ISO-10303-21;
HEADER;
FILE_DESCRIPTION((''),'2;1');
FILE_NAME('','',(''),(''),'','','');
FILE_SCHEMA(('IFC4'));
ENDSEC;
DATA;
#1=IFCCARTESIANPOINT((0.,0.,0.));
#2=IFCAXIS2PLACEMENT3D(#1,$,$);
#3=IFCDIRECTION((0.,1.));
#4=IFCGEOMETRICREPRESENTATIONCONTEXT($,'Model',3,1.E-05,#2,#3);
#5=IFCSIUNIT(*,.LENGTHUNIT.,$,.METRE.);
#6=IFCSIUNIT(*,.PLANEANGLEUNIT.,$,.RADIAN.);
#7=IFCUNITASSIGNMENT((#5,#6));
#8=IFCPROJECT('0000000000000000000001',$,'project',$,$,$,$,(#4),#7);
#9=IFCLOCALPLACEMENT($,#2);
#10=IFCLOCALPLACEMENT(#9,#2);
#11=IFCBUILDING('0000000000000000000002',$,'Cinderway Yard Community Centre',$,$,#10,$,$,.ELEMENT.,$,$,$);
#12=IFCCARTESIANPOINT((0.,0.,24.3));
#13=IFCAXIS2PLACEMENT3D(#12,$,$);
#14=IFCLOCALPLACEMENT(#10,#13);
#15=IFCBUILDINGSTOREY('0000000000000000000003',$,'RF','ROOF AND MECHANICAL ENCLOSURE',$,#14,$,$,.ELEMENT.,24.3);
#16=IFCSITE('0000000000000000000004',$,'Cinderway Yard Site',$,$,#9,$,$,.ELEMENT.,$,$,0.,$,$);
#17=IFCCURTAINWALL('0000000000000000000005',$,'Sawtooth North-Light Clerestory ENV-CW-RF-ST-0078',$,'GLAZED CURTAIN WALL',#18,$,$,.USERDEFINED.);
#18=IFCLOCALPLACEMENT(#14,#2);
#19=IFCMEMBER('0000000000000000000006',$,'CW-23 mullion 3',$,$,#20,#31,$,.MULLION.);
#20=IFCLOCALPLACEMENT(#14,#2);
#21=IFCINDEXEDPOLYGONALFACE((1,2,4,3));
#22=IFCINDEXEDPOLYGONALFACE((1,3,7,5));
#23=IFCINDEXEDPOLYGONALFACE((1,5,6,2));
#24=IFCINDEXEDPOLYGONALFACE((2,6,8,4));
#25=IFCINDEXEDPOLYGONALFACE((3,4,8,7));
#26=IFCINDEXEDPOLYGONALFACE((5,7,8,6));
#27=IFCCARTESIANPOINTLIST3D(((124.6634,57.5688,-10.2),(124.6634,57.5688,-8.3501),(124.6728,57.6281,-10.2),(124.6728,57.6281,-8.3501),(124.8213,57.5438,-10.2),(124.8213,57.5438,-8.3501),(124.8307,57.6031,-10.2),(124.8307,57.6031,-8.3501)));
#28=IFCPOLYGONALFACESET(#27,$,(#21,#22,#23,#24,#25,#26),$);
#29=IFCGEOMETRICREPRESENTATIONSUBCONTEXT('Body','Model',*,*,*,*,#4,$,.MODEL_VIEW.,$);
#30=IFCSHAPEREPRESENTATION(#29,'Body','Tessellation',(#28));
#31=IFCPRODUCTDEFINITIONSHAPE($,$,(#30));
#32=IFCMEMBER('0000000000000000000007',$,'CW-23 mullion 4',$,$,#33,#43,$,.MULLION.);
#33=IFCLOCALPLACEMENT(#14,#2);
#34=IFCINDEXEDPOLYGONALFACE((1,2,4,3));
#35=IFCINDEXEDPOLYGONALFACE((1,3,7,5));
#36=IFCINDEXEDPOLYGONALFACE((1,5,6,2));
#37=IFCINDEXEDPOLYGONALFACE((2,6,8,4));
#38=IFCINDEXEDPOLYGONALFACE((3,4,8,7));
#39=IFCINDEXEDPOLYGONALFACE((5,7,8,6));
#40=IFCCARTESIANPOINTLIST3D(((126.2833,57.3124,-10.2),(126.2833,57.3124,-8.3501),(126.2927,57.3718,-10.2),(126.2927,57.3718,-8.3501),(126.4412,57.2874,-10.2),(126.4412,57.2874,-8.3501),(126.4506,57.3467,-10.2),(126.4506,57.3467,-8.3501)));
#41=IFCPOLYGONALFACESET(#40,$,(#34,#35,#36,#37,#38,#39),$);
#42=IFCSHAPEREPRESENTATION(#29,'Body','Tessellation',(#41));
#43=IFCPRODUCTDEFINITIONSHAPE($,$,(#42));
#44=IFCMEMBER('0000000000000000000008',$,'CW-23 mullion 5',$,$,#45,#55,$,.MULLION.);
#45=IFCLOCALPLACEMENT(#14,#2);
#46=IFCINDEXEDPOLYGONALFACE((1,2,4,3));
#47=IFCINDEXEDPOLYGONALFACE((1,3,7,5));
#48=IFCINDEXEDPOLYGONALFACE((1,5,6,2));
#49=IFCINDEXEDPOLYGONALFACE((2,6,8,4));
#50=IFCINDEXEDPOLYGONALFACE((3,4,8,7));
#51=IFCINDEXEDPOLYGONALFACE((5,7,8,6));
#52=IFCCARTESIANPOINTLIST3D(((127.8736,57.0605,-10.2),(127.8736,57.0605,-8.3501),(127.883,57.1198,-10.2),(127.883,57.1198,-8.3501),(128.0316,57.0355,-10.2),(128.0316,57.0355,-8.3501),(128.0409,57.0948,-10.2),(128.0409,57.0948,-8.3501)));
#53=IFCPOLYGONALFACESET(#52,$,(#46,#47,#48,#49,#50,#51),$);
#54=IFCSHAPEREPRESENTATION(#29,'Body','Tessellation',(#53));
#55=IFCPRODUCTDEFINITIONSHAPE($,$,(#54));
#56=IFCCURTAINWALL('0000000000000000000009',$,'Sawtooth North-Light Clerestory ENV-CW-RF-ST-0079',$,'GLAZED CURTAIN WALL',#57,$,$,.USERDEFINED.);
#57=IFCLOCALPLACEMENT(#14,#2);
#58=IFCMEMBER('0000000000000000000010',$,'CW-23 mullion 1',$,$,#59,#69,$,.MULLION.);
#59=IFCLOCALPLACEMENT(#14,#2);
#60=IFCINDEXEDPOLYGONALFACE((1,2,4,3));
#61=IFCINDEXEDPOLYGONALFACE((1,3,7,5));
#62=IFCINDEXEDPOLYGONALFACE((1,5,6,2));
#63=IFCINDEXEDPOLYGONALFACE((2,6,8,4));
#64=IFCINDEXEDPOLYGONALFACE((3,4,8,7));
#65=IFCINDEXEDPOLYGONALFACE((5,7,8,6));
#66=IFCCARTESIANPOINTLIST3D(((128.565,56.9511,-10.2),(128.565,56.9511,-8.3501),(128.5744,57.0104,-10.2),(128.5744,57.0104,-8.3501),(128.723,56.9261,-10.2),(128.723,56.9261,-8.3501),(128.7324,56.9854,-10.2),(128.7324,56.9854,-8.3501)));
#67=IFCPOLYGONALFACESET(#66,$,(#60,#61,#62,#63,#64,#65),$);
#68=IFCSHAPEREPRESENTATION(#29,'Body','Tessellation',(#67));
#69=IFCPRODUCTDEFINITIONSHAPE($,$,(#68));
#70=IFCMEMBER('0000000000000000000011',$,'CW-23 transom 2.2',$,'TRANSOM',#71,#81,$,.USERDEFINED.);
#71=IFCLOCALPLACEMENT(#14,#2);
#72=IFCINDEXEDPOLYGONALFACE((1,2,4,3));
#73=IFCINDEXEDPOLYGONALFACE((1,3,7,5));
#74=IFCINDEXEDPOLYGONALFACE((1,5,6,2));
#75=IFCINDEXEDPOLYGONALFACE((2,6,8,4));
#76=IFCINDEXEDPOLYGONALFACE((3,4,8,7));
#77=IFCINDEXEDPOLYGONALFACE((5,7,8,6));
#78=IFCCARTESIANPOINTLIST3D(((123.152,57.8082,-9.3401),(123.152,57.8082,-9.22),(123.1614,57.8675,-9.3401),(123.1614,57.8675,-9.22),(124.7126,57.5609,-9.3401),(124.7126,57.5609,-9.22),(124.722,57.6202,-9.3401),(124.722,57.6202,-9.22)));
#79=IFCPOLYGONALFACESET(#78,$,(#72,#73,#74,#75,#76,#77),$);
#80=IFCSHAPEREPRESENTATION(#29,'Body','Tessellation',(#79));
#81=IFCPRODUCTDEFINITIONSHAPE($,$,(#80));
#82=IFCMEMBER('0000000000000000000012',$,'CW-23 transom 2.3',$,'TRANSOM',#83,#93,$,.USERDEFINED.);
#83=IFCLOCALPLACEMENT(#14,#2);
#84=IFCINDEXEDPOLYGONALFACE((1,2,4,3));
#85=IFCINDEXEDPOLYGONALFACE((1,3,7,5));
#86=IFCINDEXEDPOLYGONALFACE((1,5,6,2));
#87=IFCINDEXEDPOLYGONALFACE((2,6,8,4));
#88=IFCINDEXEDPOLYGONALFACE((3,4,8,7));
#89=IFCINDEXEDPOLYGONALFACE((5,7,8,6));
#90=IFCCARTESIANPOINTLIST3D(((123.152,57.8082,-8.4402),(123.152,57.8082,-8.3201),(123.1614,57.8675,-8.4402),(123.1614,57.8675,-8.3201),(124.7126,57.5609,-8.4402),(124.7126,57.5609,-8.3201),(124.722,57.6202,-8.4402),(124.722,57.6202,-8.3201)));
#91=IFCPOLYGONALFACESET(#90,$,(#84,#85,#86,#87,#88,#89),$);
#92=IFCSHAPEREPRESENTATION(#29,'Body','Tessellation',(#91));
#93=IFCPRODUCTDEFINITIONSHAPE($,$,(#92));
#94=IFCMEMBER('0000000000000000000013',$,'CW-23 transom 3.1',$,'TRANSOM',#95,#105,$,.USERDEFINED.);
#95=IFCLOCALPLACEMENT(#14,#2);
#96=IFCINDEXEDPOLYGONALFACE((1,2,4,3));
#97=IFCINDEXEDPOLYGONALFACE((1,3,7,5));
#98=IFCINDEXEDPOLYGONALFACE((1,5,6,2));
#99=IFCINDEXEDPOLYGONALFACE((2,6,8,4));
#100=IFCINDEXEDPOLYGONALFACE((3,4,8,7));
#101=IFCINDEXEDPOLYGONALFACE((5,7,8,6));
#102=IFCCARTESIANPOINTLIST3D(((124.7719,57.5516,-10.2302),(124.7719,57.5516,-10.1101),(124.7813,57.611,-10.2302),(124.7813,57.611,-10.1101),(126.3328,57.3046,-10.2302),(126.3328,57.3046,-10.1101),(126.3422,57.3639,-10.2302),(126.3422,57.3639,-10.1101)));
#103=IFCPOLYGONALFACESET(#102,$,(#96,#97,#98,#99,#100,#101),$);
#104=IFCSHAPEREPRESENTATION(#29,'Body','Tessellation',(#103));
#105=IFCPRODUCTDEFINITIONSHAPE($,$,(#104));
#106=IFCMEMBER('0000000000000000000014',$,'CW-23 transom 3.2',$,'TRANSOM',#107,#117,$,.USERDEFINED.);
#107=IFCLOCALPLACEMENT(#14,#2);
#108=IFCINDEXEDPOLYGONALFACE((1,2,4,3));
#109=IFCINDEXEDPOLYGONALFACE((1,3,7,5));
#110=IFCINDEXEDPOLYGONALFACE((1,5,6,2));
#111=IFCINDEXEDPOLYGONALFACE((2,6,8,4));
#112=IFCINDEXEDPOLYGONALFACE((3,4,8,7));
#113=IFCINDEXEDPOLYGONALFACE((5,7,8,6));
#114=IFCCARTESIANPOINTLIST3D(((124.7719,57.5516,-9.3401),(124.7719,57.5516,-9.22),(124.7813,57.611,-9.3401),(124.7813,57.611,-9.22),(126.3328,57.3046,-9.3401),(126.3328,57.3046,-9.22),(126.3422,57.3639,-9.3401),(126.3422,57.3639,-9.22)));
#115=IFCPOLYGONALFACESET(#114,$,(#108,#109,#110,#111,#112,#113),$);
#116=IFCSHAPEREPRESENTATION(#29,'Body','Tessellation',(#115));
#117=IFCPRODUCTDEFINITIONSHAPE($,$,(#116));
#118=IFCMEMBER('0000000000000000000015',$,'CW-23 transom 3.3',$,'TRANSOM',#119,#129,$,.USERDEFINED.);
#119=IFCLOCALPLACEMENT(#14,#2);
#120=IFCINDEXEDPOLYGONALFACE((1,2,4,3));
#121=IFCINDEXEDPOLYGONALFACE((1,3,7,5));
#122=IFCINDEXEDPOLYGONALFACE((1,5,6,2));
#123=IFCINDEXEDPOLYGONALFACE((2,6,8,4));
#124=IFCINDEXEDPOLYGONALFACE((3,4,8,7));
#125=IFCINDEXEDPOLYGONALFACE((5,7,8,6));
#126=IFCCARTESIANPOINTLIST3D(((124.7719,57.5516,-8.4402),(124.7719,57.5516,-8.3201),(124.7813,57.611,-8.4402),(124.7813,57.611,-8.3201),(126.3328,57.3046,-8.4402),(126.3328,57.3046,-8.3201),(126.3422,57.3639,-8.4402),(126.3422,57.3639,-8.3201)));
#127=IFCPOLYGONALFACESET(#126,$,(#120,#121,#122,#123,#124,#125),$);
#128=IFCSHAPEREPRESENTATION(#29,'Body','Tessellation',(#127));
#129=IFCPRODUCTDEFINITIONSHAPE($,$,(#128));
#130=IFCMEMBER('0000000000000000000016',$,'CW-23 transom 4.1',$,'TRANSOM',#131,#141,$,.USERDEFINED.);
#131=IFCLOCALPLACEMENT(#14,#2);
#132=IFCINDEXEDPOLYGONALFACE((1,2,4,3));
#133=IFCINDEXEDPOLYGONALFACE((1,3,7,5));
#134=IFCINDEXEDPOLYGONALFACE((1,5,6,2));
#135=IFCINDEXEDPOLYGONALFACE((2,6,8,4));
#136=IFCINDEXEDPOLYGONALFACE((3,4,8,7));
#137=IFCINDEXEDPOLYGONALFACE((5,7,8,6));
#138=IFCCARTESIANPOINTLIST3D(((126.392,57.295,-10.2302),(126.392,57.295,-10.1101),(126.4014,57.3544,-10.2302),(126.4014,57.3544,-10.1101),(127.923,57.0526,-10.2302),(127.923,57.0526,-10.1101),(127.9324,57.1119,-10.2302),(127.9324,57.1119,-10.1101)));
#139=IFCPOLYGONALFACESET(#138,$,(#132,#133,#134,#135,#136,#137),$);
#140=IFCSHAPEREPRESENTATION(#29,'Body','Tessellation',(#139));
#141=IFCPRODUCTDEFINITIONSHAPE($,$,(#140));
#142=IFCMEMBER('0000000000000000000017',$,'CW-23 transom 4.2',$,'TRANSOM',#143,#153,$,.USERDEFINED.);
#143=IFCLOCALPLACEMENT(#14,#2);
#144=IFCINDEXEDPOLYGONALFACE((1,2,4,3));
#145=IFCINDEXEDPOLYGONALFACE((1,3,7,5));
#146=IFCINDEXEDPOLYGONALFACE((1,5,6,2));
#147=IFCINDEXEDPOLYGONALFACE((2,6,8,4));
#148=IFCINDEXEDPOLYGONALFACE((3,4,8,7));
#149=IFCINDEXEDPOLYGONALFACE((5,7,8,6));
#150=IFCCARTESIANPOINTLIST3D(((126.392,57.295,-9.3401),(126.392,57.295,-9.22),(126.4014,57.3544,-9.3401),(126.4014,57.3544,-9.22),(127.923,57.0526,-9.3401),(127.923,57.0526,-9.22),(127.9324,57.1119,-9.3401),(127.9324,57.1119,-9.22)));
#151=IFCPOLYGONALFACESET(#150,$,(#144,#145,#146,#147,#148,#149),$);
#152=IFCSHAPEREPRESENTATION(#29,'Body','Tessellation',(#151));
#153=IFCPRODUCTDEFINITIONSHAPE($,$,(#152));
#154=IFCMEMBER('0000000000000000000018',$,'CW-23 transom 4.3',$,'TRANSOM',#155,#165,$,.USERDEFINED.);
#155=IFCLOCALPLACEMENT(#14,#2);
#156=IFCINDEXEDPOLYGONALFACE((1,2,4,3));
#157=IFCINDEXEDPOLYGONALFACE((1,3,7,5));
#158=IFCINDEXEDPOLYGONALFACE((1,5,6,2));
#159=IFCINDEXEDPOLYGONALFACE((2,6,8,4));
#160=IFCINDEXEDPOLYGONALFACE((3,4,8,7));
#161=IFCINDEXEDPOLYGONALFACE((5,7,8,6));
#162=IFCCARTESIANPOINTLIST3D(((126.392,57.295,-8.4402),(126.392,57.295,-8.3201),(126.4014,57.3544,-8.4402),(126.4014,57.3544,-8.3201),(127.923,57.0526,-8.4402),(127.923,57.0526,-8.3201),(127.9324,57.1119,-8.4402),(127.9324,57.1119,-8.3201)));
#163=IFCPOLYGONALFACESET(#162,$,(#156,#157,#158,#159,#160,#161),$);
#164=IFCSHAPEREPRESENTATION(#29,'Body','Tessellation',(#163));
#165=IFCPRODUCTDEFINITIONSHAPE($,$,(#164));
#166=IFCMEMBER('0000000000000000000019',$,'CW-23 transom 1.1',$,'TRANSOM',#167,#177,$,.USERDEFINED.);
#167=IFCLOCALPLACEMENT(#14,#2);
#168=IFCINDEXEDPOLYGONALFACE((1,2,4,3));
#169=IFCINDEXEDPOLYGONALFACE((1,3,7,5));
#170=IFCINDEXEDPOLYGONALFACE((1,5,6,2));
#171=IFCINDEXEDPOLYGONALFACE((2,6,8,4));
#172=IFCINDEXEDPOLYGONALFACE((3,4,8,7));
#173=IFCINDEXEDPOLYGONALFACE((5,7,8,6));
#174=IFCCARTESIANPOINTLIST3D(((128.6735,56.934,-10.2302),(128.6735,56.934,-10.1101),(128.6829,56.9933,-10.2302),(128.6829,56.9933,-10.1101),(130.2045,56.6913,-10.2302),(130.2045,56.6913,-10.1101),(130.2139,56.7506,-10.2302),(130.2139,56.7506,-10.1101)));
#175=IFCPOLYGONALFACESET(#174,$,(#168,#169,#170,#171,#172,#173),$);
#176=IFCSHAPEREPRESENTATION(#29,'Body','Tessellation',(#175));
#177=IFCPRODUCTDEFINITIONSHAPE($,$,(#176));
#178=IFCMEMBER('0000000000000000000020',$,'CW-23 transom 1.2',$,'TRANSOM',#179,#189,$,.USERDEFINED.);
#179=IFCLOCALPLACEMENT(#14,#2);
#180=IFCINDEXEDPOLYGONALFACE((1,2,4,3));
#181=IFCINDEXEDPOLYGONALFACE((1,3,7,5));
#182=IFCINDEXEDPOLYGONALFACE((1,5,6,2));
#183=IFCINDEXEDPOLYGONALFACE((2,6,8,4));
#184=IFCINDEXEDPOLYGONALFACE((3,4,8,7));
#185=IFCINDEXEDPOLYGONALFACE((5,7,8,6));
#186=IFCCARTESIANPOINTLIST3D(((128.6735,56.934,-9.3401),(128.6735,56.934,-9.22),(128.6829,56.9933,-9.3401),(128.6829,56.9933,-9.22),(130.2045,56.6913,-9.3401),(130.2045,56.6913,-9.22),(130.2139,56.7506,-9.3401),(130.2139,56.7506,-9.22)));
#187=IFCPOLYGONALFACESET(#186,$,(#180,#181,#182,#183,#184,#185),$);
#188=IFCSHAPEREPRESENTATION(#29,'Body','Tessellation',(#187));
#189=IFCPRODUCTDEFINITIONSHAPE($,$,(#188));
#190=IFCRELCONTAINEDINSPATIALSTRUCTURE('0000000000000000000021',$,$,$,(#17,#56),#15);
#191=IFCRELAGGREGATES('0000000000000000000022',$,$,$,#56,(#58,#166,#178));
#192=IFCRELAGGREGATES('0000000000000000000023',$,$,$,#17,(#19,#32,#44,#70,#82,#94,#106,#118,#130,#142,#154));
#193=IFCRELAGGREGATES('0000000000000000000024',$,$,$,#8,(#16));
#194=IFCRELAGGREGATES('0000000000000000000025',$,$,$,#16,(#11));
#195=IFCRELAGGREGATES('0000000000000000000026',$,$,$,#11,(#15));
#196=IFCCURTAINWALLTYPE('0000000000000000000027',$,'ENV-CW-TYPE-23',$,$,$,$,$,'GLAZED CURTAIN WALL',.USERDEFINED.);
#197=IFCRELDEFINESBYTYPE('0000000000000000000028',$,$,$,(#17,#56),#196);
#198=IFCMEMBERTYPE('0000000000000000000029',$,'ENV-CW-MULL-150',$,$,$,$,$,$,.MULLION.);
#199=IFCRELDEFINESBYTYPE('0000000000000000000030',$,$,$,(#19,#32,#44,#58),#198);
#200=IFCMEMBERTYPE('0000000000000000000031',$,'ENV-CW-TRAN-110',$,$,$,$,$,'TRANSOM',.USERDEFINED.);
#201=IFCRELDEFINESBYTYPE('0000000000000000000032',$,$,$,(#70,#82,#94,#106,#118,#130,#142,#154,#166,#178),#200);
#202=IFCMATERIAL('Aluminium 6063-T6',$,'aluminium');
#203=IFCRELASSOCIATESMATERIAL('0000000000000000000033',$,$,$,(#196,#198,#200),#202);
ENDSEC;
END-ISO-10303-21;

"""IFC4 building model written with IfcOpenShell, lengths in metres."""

from ifc_helpers import new_model, si_unit, direction, frame, origin, origin_2d, place, context, subcontext, project, spatial, rectangle, extrude, material, material_profile, profile_set, type_object, element, aggregate, save


model = new_model("IFC4")

# Units and contexts
model_context = context("Model", 3, precision=1e-05, world=origin(), true_north=direction((0.0, 1.0)))
body_context = subcontext(model_context, "Body", "Model", "MODEL_VIEW")
ifc_project = project(units=[si_unit("LENGTHUNIT", "METRE"), si_unit("PLANEANGLEUNIT", "RADIAN")], contexts=[model_context])

# Site, building, storey
site_placement = place(None, origin())
site = spatial("IfcSite", under=ifc_project, at=site_placement, Name="Cinderway Yard Site", CompositionType="ELEMENT", RefElevation=0.0)
building_placement = place(site_placement, origin())
building = spatial("IfcBuilding", under=site, at=building_placement, Name="Cinderway Yard Community Centre", CompositionType="ELEMENT")
storey_placement = place(building_placement, frame((0.0, 0.0, 24.3)))
storey = spatial("IfcBuildingStorey", under=building, at=storey_placement, Name="RF", Description="ROOF AND MECHANICAL ENCLOSURE", CompositionType="ELEMENT", Elevation=24.3)

# Curtain wall, members
ifc_material_1 = material(Name="Aluminium 6063-T6", Category="aluminium")
curtain_wall_type = type_object("IfcCurtainWallType", Name="ENV-CW-TYPE-23", ElementType="GLAZED CURTAIN WALL", PredefinedType="USERDEFINED", material=ifc_material_1)
curtain_wall_1_placement = place(storey_placement, origin())
curtain_wall_1 = element("IfcCurtainWall", 1, at=curtain_wall_1_placement, inside=storey, type_object=curtain_wall_type, Name="Sawtooth North-Light Clerestory ENV-CW-RF-ST-0078", ObjectType="GLAZED CURTAIN WALL", PredefinedType="USERDEFINED")
ifc_material_profile_1 = material_profile(ifc_material_1, rectangle(XDim=0.0601, YDim=0.1599, at=origin_2d()), Name="Aluminium 6063-T6")
ifc_profile_set_1 = profile_set([ifc_material_profile_1], Name="Aluminium 6063-T6")
member_type_1 = type_object("IfcMemberType", Name="ENV-CW-MULL-150", PredefinedType="MULLION", material=ifc_profile_set_1)
member_1_placement = place(storey_placement, frame((124.7471, 57.5859, -10.2), z_axis=(0.0, 0.0, 1.0), x_axis=(0.156385, 0.987696, 0.0)))
member_1 = element("IfcMember", 2, at=member_1_placement, type_object=member_type_1, Name="CW-23 mullion 3", PredefinedType="MULLION", context=body_context, shape_type="SweptSolid", body=[
    extrude(rectangle(XDim=0.0601, YDim=0.1599, at=origin_2d()), origin(), (0.0, 0.0, 1.0), 1.8499),
])
member_2_placement = place(storey_placement, frame((126.3669, 57.3296, -10.2), z_axis=(0.0, 0.0, 1.0), x_axis=(0.156385, 0.987696, 0.0)))
member_2 = element("IfcMember", 3, at=member_2_placement, type_object=member_type_1, Name="CW-23 mullion 4", PredefinedType="MULLION", context=body_context, shape_type="SweptSolid", body=[
    extrude(rectangle(XDim=0.0601, YDim=0.1599, at=origin_2d()), origin(), (0.0, 0.0, 1.0), 1.8499),
])
member_3_placement = place(storey_placement, frame((127.9573, 57.0776, -10.2), z_axis=(0.0, 0.0, 1.0), x_axis=(0.156385, 0.987696, 0.0)))
member_3 = element("IfcMember", 4, at=member_3_placement, type_object=member_type_1, Name="CW-23 mullion 5", PredefinedType="MULLION", context=body_context, shape_type="SweptSolid", body=[
    extrude(rectangle(XDim=0.0601, YDim=0.1599, at=origin_2d()), origin(), (0.0, 0.0, 1.0), 1.8499),
])

# Curtain wall, member
curtain_wall_2_placement = place(storey_placement, origin())
curtain_wall_2 = element("IfcCurtainWall", 5, at=curtain_wall_2_placement, inside=storey, type_object=curtain_wall_type, Name="Sawtooth North-Light Clerestory ENV-CW-RF-ST-0079", ObjectType="GLAZED CURTAIN WALL", PredefinedType="USERDEFINED")
member_4_placement = place(storey_placement, frame((128.6487, 56.9683, -10.2), z_axis=(0.0, 0.0, 1.0), x_axis=(0.156557, 0.987669, 0.0)))
member_4 = element("IfcMember", 6, at=member_4_placement, type_object=member_type_1, Name="CW-23 mullion 1", PredefinedType="MULLION", context=body_context, shape_type="SweptSolid", body=[
    extrude(rectangle(XDim=0.0601, YDim=0.1599, at=origin_2d()), origin(), (0.0, 0.0, 1.0), 1.8499),
])

# Members
ifc_material_profile_2 = material_profile(ifc_material_1, rectangle(XDim=0.0601, YDim=0.1201, at=origin_2d()), Name="Aluminium 6063-T6")
ifc_profile_set_2 = profile_set([ifc_material_profile_2], Name="Aluminium 6063-T6")
member_type_2 = type_object("IfcMemberType", Name="ENV-CW-TRAN-110", ElementType="TRANSOM", PredefinedType="USERDEFINED", material=ifc_profile_set_2)
member_5_placement = place(storey_placement, frame((123.1567, 57.8379, -9.28), z_axis=(0.987674, -0.156526, 0.0), x_axis=(0.156526, 0.987674, 0.0)))
member_5 = element("IfcMember", 7, at=member_5_placement, type_object=member_type_2, Name="CW-23 transom 2.2", ObjectType="TRANSOM", PredefinedType="USERDEFINED", context=body_context, shape_type="SweptSolid", body=[
    extrude(rectangle(XDim=0.0601, YDim=0.1201, at=origin_2d()), origin(), (0.0, 0.0, 1.0), 1.5801),
])
member_6_placement = place(storey_placement, frame((123.1567, 57.8379, -8.3801), z_axis=(0.987674, -0.156526, 0.0), x_axis=(0.156526, 0.987674, 0.0)))
member_6 = element("IfcMember", 8, at=member_6_placement, type_object=member_type_2, Name="CW-23 transom 2.3", ObjectType="TRANSOM", PredefinedType="USERDEFINED", context=body_context, shape_type="SweptSolid", body=[
    extrude(rectangle(XDim=0.0601, YDim=0.1201, at=origin_2d()), origin(), (0.0, 0.0, 1.0), 1.5801),
])
member_7_placement = place(storey_placement, frame((124.7766, 57.5813, -10.1702), z_axis=(0.987702, -0.156351, 0.0), x_axis=(0.156351, 0.987702, 0.0)))
member_7 = element("IfcMember", 9, at=member_7_placement, type_object=member_type_2, Name="CW-23 transom 3.1", ObjectType="TRANSOM", PredefinedType="USERDEFINED", context=body_context, shape_type="SweptSolid", body=[
    extrude(rectangle(XDim=0.0601, YDim=0.1201, at=origin_2d()), origin(), (0.0, 0.0, 1.0), 1.5803),
])
member_8_placement = place(storey_placement, frame((124.7766, 57.5813, -9.28), z_axis=(0.987702, -0.156351, 0.0), x_axis=(0.156351, 0.987702, 0.0)))
member_8 = element("IfcMember", 10, at=member_8_placement, type_object=member_type_2, Name="CW-23 transom 3.2", ObjectType="TRANSOM", PredefinedType="USERDEFINED", context=body_context, shape_type="SweptSolid", body=[
    extrude(rectangle(XDim=0.0601, YDim=0.1201, at=origin_2d()), origin(), (0.0, 0.0, 1.0), 1.5803),
])
member_9_placement = place(storey_placement, frame((124.7766, 57.5813, -8.3801), z_axis=(0.987702, -0.156351, 0.0), x_axis=(0.156351, 0.987702, 0.0)))
member_9 = element("IfcMember", 11, at=member_9_placement, type_object=member_type_2, Name="CW-23 transom 3.3", ObjectType="TRANSOM", PredefinedType="USERDEFINED", context=body_context, shape_type="SweptSolid", body=[
    extrude(rectangle(XDim=0.0601, YDim=0.1201, at=origin_2d()), origin(), (0.0, 0.0, 1.0), 1.5803),
])
member_10_placement = place(storey_placement, frame((126.3967, 57.3247, -10.1702), z_axis=(0.987694, -0.156399, 0.0), x_axis=(0.156399, 0.987694, 0.0)))
member_10 = element("IfcMember", 12, at=member_10_placement, type_object=member_type_2, Name="CW-23 transom 4.1", ObjectType="TRANSOM", PredefinedType="USERDEFINED", context=body_context, shape_type="SweptSolid", body=[
    extrude(rectangle(XDim=0.0601, YDim=0.1201, at=origin_2d()), origin(), (0.0, 0.0, 1.0), 1.55),
])
member_11_placement = place(storey_placement, frame((126.3967, 57.3247, -9.28), z_axis=(0.987694, -0.156399, 0.0), x_axis=(0.156399, 0.987694, 0.0)))
member_11 = element("IfcMember", 13, at=member_11_placement, type_object=member_type_2, Name="CW-23 transom 4.2", ObjectType="TRANSOM", PredefinedType="USERDEFINED", context=body_context, shape_type="SweptSolid", body=[
    extrude(rectangle(XDim=0.0601, YDim=0.1201, at=origin_2d()), origin(), (0.0, 0.0, 1.0), 1.55),
])
member_12_placement = place(storey_placement, frame((126.3967, 57.3247, -8.3801), z_axis=(0.987694, -0.156399, 0.0), x_axis=(0.156399, 0.987694, 0.0)))
member_12 = element("IfcMember", 14, at=member_12_placement, type_object=member_type_2, Name="CW-23 transom 4.3", ObjectType="TRANSOM", PredefinedType="USERDEFINED", context=body_context, shape_type="SweptSolid", body=[
    extrude(rectangle(XDim=0.0601, YDim=0.1201, at=origin_2d()), origin(), (0.0, 0.0, 1.0), 1.55),
])
member_13_placement = place(storey_placement, frame((128.6782, 56.9636, -10.1702), z_axis=(0.98767, -0.156553, 0.0), x_axis=(0.156553, 0.98767, 0.0)))
member_13 = element("IfcMember", 15, at=member_13_placement, type_object=member_type_2, Name="CW-23 transom 1.1", ObjectType="TRANSOM", PredefinedType="USERDEFINED", context=body_context, shape_type="SweptSolid", body=[
    extrude(rectangle(XDim=0.0601, YDim=0.1201, at=origin_2d()), origin(), (0.0, 0.0, 1.0), 1.55),
])
member_14_placement = place(storey_placement, frame((128.6782, 56.9636, -9.28), z_axis=(0.98767, -0.156553, 0.0), x_axis=(0.156553, 0.98767, 0.0)))
member_14 = element("IfcMember", 16, at=member_14_placement, type_object=member_type_2, Name="CW-23 transom 1.2", ObjectType="TRANSOM", PredefinedType="USERDEFINED", context=body_context, shape_type="SweptSolid", body=[
    extrude(rectangle(XDim=0.0601, YDim=0.1201, at=origin_2d()), origin(), (0.0, 0.0, 1.0), 1.55),
])
aggregate(curtain_wall_2, [member_4, member_13, member_14])

aggregate(curtain_wall_1, [member_1, member_2, member_3, member_5, member_6, member_7, member_8, member_9, member_10, member_11, member_12])

save(model, "model.ifc")
